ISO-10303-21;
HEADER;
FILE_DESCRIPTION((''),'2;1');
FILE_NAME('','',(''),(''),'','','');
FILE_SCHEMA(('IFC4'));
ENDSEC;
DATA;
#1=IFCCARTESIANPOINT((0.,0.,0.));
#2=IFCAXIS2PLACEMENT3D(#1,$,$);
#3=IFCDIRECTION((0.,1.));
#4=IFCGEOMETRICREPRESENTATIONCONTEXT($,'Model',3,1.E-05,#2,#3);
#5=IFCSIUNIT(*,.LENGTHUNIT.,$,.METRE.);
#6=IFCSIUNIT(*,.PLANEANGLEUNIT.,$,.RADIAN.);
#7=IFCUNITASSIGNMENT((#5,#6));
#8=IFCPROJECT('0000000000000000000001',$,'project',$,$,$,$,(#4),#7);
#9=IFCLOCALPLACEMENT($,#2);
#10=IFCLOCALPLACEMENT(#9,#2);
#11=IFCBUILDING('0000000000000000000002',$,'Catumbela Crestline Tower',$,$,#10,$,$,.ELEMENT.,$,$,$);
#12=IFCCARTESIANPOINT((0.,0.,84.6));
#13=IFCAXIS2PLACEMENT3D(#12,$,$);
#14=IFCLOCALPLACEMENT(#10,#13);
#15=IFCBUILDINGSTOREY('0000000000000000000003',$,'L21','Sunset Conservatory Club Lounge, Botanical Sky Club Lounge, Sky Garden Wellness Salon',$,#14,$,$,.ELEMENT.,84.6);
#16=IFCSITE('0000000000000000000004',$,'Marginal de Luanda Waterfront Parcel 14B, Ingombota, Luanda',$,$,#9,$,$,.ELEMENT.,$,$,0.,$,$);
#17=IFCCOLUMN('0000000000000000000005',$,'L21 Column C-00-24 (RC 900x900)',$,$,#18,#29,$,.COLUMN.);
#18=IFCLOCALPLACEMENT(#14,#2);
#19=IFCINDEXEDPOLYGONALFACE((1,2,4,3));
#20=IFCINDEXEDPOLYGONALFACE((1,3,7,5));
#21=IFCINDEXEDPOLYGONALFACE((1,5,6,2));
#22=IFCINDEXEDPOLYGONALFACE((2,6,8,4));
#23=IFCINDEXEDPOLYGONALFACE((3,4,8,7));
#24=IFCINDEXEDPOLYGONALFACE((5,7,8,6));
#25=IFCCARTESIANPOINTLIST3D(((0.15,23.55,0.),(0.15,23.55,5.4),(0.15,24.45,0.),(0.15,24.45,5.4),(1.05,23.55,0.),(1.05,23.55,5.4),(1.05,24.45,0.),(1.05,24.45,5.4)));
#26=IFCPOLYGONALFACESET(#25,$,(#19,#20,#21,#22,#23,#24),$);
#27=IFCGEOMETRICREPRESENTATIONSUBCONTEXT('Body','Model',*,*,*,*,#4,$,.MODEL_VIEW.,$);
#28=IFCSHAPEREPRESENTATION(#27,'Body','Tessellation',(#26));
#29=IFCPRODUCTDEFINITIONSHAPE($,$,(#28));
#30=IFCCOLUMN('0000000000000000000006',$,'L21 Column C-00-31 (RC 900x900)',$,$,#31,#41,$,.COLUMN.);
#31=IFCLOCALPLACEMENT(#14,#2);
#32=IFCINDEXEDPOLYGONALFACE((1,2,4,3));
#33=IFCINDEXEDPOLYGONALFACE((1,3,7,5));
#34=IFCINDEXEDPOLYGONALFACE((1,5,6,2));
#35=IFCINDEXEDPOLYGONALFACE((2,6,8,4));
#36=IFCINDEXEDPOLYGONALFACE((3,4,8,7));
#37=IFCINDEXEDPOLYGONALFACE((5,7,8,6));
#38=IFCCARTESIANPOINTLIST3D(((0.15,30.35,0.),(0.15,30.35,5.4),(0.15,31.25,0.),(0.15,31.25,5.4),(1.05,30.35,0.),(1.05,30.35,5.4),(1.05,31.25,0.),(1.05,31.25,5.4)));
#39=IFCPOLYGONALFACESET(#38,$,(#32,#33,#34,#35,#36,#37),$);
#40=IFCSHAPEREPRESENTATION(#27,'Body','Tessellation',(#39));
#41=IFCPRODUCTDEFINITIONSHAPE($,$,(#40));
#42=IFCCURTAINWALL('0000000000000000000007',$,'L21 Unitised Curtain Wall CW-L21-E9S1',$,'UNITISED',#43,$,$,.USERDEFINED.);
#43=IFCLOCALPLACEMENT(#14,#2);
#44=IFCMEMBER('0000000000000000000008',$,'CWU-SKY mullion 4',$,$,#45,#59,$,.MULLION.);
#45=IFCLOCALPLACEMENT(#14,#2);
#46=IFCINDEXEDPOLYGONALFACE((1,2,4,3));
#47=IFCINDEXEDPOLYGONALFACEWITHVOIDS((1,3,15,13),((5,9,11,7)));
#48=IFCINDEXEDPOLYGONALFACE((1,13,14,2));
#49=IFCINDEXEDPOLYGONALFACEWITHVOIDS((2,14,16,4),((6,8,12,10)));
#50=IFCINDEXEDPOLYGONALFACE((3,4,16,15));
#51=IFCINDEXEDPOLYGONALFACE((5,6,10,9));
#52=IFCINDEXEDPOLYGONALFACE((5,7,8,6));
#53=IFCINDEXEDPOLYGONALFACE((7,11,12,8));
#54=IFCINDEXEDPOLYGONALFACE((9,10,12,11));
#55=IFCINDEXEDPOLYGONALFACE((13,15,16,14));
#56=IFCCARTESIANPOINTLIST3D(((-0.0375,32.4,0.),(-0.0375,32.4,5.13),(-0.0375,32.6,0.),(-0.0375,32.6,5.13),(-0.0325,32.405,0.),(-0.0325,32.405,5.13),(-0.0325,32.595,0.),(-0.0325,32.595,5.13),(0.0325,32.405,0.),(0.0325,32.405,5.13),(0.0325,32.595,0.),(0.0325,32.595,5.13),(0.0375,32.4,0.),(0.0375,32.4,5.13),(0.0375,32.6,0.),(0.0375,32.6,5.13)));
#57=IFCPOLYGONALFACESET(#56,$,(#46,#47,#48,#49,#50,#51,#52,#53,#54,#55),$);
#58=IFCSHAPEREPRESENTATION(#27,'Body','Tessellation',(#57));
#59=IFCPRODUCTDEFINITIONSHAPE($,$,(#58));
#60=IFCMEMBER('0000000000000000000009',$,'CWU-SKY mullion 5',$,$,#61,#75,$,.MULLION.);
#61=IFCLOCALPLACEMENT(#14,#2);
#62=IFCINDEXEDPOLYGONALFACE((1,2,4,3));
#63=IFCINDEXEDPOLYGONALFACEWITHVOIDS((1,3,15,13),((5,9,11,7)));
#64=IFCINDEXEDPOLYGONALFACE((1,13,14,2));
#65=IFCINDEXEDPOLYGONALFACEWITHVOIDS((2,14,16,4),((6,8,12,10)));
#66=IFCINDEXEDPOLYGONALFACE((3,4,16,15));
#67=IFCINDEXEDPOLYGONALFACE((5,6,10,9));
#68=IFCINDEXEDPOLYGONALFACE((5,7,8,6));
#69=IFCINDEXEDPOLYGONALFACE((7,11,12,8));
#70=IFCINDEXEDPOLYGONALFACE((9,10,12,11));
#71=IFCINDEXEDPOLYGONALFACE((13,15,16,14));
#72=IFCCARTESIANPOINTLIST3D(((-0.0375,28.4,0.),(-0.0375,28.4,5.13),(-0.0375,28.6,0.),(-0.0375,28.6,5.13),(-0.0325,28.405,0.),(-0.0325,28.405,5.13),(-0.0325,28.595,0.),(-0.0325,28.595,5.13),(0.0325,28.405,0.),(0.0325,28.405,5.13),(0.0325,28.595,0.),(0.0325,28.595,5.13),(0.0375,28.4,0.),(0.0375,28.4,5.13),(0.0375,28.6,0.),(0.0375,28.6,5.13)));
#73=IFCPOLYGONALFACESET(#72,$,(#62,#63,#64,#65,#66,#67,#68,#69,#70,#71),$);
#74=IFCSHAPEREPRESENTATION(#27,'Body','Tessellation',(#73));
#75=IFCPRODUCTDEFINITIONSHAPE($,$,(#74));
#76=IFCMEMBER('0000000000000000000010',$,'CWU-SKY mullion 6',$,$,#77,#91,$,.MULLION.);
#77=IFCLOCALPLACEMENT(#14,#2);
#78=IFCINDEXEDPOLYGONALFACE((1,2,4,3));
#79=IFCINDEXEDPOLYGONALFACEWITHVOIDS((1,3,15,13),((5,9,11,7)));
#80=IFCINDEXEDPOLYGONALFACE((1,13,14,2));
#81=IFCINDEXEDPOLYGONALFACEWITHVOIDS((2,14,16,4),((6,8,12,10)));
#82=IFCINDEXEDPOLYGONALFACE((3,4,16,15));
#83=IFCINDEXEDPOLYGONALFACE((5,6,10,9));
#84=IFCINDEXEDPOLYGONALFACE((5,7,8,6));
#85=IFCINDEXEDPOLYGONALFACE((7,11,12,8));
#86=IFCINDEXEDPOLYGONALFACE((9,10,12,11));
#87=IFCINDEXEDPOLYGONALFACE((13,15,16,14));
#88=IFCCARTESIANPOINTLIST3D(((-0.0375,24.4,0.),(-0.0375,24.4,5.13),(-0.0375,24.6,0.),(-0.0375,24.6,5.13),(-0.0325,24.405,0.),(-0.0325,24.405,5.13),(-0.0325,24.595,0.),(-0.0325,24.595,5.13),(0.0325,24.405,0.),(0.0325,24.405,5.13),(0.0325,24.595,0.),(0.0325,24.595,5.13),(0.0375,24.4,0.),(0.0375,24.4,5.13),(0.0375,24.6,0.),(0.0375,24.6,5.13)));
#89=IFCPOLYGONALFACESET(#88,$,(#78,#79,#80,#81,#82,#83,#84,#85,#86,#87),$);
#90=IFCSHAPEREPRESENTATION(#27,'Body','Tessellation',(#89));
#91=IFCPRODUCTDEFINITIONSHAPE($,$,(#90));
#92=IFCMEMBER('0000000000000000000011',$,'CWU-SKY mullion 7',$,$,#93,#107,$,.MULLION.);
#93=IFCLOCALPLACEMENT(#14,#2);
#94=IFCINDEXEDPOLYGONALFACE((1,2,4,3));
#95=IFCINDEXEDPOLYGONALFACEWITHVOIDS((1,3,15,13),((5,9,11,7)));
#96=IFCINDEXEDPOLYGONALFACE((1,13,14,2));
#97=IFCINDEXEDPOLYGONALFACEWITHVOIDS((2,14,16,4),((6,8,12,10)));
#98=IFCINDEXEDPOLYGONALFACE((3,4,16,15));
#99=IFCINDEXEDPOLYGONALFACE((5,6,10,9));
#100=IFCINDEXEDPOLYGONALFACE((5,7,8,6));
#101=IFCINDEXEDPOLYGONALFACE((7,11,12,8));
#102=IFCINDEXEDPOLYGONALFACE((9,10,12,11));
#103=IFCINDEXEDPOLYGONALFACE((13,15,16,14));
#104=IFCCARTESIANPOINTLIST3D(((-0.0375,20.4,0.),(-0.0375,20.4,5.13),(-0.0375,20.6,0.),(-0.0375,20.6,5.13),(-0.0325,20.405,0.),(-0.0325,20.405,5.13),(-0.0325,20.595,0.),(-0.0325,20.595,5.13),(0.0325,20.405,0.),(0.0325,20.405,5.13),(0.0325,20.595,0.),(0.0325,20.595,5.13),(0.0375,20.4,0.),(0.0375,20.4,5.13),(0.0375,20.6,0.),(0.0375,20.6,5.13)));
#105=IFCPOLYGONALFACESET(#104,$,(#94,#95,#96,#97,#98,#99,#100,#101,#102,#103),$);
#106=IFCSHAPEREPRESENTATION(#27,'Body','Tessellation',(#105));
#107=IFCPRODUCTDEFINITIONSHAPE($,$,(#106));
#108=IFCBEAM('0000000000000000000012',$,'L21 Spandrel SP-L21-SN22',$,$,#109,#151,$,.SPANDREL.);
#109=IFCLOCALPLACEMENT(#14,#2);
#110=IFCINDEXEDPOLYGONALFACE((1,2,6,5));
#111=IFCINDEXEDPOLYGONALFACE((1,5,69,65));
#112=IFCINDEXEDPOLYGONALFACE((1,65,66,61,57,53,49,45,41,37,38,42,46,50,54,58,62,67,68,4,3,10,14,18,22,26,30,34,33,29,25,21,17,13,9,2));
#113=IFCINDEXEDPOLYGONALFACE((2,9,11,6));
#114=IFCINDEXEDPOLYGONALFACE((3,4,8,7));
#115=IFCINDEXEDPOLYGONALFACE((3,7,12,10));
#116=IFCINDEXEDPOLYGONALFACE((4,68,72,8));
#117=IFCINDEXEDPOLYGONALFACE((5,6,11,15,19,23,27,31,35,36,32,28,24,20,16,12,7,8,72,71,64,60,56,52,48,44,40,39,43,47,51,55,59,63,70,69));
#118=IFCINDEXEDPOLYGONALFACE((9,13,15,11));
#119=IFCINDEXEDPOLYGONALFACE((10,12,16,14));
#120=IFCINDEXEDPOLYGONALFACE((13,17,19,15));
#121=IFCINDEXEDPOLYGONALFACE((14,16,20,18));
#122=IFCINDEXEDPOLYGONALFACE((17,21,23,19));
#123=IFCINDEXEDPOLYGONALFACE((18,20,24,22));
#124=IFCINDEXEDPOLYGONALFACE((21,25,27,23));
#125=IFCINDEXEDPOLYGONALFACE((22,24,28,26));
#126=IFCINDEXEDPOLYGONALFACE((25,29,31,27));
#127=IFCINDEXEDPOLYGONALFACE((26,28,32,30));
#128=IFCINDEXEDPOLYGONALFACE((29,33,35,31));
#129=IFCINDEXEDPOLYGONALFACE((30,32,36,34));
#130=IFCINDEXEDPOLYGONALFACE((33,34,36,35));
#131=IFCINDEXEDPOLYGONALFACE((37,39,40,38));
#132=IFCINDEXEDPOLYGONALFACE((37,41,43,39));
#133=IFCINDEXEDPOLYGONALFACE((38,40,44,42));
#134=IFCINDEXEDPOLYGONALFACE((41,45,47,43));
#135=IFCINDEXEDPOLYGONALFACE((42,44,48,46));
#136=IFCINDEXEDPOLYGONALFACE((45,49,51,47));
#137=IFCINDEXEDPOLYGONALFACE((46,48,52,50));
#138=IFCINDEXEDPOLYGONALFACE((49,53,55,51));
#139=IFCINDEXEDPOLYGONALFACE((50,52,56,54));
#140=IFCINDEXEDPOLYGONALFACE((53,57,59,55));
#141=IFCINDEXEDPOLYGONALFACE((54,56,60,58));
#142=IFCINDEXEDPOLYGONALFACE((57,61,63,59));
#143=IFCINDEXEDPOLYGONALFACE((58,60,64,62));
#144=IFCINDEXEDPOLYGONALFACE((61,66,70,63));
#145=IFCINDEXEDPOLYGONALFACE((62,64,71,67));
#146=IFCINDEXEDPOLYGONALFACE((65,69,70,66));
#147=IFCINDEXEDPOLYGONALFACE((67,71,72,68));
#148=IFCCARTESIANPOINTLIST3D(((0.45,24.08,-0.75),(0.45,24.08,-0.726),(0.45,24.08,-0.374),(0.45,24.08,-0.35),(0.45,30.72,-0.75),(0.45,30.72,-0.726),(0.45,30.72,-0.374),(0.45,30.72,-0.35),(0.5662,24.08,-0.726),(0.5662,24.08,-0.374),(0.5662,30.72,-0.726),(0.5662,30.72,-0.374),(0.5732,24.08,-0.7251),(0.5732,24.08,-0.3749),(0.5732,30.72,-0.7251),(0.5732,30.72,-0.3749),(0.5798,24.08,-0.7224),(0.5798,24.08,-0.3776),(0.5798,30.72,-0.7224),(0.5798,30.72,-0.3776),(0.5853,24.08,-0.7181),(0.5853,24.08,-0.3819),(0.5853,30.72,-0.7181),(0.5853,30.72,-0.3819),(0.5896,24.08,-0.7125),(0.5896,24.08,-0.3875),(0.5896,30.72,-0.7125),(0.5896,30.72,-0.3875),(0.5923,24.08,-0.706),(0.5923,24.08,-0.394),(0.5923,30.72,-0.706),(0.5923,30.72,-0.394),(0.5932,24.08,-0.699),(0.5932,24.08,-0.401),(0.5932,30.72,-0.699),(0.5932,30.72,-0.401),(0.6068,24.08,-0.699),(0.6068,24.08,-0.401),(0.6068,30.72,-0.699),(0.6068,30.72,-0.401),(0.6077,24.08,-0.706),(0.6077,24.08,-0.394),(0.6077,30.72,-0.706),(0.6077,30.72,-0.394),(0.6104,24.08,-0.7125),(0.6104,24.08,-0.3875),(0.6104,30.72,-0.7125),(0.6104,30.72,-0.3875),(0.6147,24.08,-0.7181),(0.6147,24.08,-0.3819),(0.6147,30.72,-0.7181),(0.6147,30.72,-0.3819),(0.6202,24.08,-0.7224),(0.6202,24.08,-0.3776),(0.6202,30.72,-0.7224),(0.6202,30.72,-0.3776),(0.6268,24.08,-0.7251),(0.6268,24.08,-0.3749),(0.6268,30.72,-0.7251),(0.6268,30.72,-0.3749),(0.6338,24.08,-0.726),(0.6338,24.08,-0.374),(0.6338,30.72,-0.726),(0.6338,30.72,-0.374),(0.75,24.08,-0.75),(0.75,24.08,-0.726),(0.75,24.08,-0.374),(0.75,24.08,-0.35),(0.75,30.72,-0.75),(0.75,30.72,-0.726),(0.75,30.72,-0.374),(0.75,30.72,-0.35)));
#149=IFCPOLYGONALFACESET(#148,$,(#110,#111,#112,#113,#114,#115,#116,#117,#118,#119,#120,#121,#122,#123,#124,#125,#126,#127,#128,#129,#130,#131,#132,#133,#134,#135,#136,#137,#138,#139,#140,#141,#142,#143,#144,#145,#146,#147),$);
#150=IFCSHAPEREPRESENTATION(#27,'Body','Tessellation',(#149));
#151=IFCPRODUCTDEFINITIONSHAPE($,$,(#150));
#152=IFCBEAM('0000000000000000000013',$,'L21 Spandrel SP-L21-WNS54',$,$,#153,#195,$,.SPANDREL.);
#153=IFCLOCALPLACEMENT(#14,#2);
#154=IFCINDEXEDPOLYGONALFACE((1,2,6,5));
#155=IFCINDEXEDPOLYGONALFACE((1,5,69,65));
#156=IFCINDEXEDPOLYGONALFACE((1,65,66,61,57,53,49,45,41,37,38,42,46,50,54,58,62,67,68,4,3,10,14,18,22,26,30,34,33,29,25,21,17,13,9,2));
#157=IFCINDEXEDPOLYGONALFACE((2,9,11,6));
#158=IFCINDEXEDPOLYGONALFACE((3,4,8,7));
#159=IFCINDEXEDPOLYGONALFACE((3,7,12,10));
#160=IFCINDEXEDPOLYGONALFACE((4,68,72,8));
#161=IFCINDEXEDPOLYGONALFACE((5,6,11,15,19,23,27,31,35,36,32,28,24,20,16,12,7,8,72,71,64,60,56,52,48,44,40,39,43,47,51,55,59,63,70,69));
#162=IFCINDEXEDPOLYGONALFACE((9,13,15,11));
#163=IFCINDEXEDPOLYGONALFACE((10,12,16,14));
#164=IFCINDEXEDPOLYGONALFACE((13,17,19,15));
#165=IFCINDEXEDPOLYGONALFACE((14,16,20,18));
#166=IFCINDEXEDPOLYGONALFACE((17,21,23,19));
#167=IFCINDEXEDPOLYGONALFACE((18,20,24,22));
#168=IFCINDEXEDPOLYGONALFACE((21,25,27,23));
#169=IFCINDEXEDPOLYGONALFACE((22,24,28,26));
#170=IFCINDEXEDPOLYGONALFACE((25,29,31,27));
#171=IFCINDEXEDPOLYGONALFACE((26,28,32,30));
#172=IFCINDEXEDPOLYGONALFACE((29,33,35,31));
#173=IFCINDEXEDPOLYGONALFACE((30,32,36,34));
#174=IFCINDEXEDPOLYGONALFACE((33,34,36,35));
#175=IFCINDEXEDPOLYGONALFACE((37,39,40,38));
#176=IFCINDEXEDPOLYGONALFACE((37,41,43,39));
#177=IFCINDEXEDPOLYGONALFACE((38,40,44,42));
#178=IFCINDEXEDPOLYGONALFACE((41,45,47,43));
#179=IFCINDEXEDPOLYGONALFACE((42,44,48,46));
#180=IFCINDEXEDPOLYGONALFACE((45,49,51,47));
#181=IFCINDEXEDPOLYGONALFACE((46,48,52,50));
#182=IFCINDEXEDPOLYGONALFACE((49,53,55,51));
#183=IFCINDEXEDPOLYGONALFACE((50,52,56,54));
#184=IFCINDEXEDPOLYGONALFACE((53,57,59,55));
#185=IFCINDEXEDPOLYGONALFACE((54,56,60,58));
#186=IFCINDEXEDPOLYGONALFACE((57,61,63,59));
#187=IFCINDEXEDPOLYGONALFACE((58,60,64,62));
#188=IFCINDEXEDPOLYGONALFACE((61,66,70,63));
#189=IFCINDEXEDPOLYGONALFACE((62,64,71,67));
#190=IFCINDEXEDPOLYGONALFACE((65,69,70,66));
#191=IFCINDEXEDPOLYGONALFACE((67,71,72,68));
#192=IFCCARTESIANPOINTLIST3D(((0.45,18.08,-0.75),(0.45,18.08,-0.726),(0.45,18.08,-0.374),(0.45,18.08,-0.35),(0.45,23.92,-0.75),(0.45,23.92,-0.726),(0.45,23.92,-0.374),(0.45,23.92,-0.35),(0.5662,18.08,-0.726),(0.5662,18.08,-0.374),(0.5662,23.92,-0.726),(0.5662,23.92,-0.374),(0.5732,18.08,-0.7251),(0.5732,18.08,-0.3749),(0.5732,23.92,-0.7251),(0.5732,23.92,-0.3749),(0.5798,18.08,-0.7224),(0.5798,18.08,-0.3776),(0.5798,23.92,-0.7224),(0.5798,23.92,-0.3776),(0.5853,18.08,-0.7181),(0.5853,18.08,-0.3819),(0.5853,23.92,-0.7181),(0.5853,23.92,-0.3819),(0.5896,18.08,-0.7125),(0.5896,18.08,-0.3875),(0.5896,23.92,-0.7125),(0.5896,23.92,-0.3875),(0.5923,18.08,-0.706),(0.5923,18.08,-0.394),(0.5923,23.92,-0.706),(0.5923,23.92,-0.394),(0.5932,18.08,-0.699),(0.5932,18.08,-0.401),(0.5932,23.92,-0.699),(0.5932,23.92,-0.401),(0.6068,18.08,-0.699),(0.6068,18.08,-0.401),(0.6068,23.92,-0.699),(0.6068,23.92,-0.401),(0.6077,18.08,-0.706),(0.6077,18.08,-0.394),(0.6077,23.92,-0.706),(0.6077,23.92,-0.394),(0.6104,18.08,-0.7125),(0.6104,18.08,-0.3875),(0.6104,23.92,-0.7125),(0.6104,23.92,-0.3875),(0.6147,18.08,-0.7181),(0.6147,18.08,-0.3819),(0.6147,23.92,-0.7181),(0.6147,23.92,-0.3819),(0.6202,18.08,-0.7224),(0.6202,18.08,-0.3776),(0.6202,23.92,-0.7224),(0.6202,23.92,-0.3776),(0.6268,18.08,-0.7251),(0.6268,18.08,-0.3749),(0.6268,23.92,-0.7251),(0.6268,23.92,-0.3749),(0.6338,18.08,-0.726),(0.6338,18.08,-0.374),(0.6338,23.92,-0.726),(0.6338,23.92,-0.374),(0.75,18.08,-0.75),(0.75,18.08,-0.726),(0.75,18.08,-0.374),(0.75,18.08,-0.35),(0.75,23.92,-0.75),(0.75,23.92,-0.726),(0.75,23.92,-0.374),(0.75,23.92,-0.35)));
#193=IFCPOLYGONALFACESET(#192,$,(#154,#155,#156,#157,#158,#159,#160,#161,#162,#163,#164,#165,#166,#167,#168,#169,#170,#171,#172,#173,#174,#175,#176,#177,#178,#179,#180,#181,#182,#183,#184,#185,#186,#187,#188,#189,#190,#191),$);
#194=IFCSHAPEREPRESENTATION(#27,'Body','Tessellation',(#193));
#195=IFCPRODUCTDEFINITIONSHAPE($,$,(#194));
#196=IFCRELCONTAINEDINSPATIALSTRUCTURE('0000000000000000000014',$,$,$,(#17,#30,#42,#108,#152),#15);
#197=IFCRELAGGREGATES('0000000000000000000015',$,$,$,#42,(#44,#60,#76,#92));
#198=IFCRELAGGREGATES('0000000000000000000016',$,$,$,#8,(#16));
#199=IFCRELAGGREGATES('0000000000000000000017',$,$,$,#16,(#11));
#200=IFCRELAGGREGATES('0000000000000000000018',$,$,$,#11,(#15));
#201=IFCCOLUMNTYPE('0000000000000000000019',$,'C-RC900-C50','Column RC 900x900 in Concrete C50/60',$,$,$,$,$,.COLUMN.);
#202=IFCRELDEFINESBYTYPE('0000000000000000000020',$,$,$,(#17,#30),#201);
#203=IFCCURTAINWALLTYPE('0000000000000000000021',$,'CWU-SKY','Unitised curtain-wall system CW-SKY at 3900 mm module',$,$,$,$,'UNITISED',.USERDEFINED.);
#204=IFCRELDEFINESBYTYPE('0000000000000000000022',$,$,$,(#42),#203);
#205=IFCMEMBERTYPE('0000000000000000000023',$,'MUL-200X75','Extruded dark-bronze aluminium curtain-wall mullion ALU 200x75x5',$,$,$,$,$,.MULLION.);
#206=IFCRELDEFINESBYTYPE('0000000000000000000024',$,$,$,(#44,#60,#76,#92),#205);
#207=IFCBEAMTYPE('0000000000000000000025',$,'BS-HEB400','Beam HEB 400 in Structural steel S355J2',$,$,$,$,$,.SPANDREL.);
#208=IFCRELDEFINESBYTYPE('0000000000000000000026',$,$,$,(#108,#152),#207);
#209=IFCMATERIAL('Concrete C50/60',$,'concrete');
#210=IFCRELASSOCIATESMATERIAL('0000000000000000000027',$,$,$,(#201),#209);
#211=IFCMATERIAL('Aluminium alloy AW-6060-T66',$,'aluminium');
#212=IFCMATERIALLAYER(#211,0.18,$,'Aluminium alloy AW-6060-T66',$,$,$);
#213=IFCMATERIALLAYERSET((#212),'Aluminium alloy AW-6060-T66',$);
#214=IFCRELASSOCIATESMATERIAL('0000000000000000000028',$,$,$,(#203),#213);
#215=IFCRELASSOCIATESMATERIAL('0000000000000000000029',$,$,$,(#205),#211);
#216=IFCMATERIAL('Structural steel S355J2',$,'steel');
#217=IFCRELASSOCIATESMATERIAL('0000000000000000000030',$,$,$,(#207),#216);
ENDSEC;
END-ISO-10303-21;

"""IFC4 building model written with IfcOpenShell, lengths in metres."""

from ifc_helpers import new_model, si_unit, direction, frame, origin, origin_2d, place, context, subcontext, project, spatial, rectangle, hollow_rectangle, i_section, extrude, material, layer, layer_set, material_profile, profile_set, type_object, element, aggregate, save


model = new_model("IFC4")

# Units and contexts
model_context = context("Model", 3, precision=1e-05, world=origin(), true_north=direction((0.0, 1.0)))
body_context = subcontext(model_context, "Body", "Model", "MODEL_VIEW")
ifc_project = project(units=[si_unit("LENGTHUNIT", "METRE"), si_unit("PLANEANGLEUNIT", "RADIAN")], contexts=[model_context])

# Site, building, storey
site_placement = place(None, origin())
site = spatial("IfcSite", under=ifc_project, at=site_placement, Name="Marginal de Luanda Waterfront Parcel 14B, Ingombota, Luanda", CompositionType="ELEMENT", RefElevation=0.0)
building_placement = place(site_placement, origin())
building = spatial("IfcBuilding", under=site, at=building_placement, Name="Catumbela Crestline Tower", CompositionType="ELEMENT")
storey_placement = place(building_placement, frame((0.0, 0.0, 84.6)))
storey = spatial("IfcBuildingStorey", under=building, at=storey_placement, Name="L21", Description="Sunset Conservatory Club Lounge, Botanical Sky Club Lounge, Sky Garden Wellness Salon", CompositionType="ELEMENT", Elevation=84.6)

# Columns
ifc_material_1 = material(Name="Concrete C50/60", Category="concrete")
ifc_material_profile_1 = material_profile(ifc_material_1, rectangle(XDim=0.9, YDim=0.9, at=origin_2d()), Name="RC 900x900")
ifc_profile_set_1 = profile_set([ifc_material_profile_1], Name="Concrete C50/60")
column_type = type_object("IfcColumnType", Name="C-RC900-C50", Description="Column RC 900x900 in Concrete C50/60", PredefinedType="COLUMN", material=ifc_profile_set_1)
for number, where, z_axis, x_axis, name in (
    (1, (0.6, 24.0, 0.0), (0.0, 0.0, 1.0), (1.0, 0.0, 0.0), "L21 Column C-00-24 (RC 900x900)"),
    (2, (0.6, 30.8, 0.0), (0.0, 0.0, 1.0), (1.0, 0.0, 0.0), "L21 Column C-00-31 (RC 900x900)"),
):
    element("IfcColumn", number, at=place(storey_placement, frame(where, z_axis=z_axis, x_axis=x_axis)), inside=storey, type_object=column_type, Name=name, PredefinedType="COLUMN", context=body_context, shape_type="SweptSolid", body=[
        extrude(rectangle(XDim=0.9, YDim=0.9, at=origin_2d()), origin(), (0.0, 0.0, 1.0), 5.4),
    ])

# Curtain wall, members
ifc_material_2 = material(Name="Aluminium alloy AW-6060-T66", Category="aluminium")
ifc_layer_1 = layer(ifc_material_2, 0.18, Name="Aluminium alloy AW-6060-T66")
ifc_layer_set_1 = layer_set([ifc_layer_1], Name="Aluminium alloy AW-6060-T66")
curtain_wall_type = type_object("IfcCurtainWallType", Name="CWU-SKY", Description="Unitised curtain-wall system CW-SKY at 3900 mm module", ElementType="UNITISED", PredefinedType="USERDEFINED", material=ifc_layer_set_1)
curtain_wall_placement = place(storey_placement, origin())
curtain_wall = element("IfcCurtainWall", 3, at=curtain_wall_placement, inside=storey, type_object=curtain_wall_type, Name="L21 Unitised Curtain Wall CW-L21-E9S1", ObjectType="UNITISED", PredefinedType="USERDEFINED")
ifc_material_profile_2 = material_profile(ifc_material_2, hollow_rectangle(XDim=0.075, YDim=0.2, WallThickness=0.005, at=origin_2d()), Name="ALU 200x75x5")
ifc_profile_set_2 = profile_set([ifc_material_profile_2], Name="Aluminium alloy AW-6060-T66")
member_type_1 = type_object("IfcMemberType", Name="MUL-200X75", Description="Extruded dark-bronze aluminium curtain-wall mullion ALU 200x75x5", PredefinedType="MULLION", material=ifc_profile_set_2)
member_1_placement = place(storey_placement, frame((0.0, 32.5, 0.0), z_axis=(0.0, 0.0, 1.0), x_axis=(1.0, 0.0, 0.0)))
member_1 = element("IfcMember", 4, at=member_1_placement, type_object=member_type_1, Name="CWU-SKY mullion 4", PredefinedType="MULLION", context=body_context, shape_type="SweptSolid", body=[
    extrude(hollow_rectangle(XDim=0.075, YDim=0.2, WallThickness=0.005, at=origin_2d()), origin(), (0.0, 0.0, 1.0), 5.13),
])
member_2_placement = place(storey_placement, frame((0.0, 28.5, 0.0), z_axis=(0.0, 0.0, 1.0), x_axis=(1.0, 0.0, 0.0)))
member_2 = element("IfcMember", 5, at=member_2_placement, type_object=member_type_1, Name="CWU-SKY mullion 5", PredefinedType="MULLION", context=body_context, shape_type="SweptSolid", body=[
    extrude(hollow_rectangle(XDim=0.075, YDim=0.2, WallThickness=0.005, at=origin_2d()), origin(), (0.0, 0.0, 1.0), 5.13),
])
member_3_placement = place(storey_placement, frame((0.0, 24.5, 0.0), z_axis=(0.0, 0.0, 1.0), x_axis=(1.0, 0.0, 0.0)))
member_3 = element("IfcMember", 6, at=member_3_placement, type_object=member_type_1, Name="CWU-SKY mullion 6", PredefinedType="MULLION", context=body_context, shape_type="SweptSolid", body=[
    extrude(hollow_rectangle(XDim=0.075, YDim=0.2, WallThickness=0.005, at=origin_2d()), origin(), (0.0, 0.0, 1.0), 5.13),
])
member_4_placement = place(storey_placement, frame((0.0, 20.5, 0.0), z_axis=(0.0, 0.0, 1.0), x_axis=(1.0, 0.0, 0.0)))
member_4 = element("IfcMember", 7, at=member_4_placement, type_object=member_type_1, Name="CWU-SKY mullion 7", PredefinedType="MULLION", context=body_context, shape_type="SweptSolid", body=[
    extrude(hollow_rectangle(XDim=0.075, YDim=0.2, WallThickness=0.005, at=origin_2d()), origin(), (0.0, 0.0, 1.0), 5.13),
])

# Beams
ifc_material_3 = material(Name="Structural steel S355J2", Category="steel")
ifc_material_profile_3 = material_profile(ifc_material_3, i_section(OverallWidth=0.3, OverallDepth=0.4, WebThickness=0.0135, FlangeThickness=0.024, FilletRadius=0.027, at=origin_2d()), Name="HEB 400")
ifc_profile_set_3 = profile_set([ifc_material_profile_3], Name="Structural steel S355J2")
beam_type = type_object("IfcBeamType", Name="BS-HEB400", Description="Beam HEB 400 in Structural steel S355J2", PredefinedType="SPANDREL", material=ifc_profile_set_3)
beam_1_placement = place(storey_placement, frame((0.6, 24.08, -0.55), z_axis=(0.0, 1.0, 0.0), x_axis=(-1.0, 0.0, 0.0)))
element("IfcBeam", 8, at=beam_1_placement, inside=storey, type_object=beam_type, Name="L21 Spandrel SP-L21-SN22", PredefinedType="SPANDREL", context=body_context, shape_type="SweptSolid", body=[
    extrude(i_section(OverallWidth=0.3, OverallDepth=0.4, WebThickness=0.0135, FlangeThickness=0.024, FilletRadius=0.027, at=origin_2d()), origin(), (0.0, 0.0, 1.0), 6.64),
])
beam_2_placement = place(storey_placement, frame((0.6, 18.08, -0.55), z_axis=(0.0, 1.0, 0.0), x_axis=(-1.0, 0.0, 0.0)))
element("IfcBeam", 9, at=beam_2_placement, inside=storey, type_object=beam_type, Name="L21 Spandrel SP-L21-WNS54", PredefinedType="SPANDREL", context=body_context, shape_type="SweptSolid", body=[
    extrude(i_section(OverallWidth=0.3, OverallDepth=0.4, WebThickness=0.0135, FlangeThickness=0.024, FilletRadius=0.027, at=origin_2d()), origin(), (0.0, 0.0, 1.0), 5.84),
])

aggregate(curtain_wall, [member_1, member_2, member_3, member_4])

save(model, "model.ifc")
